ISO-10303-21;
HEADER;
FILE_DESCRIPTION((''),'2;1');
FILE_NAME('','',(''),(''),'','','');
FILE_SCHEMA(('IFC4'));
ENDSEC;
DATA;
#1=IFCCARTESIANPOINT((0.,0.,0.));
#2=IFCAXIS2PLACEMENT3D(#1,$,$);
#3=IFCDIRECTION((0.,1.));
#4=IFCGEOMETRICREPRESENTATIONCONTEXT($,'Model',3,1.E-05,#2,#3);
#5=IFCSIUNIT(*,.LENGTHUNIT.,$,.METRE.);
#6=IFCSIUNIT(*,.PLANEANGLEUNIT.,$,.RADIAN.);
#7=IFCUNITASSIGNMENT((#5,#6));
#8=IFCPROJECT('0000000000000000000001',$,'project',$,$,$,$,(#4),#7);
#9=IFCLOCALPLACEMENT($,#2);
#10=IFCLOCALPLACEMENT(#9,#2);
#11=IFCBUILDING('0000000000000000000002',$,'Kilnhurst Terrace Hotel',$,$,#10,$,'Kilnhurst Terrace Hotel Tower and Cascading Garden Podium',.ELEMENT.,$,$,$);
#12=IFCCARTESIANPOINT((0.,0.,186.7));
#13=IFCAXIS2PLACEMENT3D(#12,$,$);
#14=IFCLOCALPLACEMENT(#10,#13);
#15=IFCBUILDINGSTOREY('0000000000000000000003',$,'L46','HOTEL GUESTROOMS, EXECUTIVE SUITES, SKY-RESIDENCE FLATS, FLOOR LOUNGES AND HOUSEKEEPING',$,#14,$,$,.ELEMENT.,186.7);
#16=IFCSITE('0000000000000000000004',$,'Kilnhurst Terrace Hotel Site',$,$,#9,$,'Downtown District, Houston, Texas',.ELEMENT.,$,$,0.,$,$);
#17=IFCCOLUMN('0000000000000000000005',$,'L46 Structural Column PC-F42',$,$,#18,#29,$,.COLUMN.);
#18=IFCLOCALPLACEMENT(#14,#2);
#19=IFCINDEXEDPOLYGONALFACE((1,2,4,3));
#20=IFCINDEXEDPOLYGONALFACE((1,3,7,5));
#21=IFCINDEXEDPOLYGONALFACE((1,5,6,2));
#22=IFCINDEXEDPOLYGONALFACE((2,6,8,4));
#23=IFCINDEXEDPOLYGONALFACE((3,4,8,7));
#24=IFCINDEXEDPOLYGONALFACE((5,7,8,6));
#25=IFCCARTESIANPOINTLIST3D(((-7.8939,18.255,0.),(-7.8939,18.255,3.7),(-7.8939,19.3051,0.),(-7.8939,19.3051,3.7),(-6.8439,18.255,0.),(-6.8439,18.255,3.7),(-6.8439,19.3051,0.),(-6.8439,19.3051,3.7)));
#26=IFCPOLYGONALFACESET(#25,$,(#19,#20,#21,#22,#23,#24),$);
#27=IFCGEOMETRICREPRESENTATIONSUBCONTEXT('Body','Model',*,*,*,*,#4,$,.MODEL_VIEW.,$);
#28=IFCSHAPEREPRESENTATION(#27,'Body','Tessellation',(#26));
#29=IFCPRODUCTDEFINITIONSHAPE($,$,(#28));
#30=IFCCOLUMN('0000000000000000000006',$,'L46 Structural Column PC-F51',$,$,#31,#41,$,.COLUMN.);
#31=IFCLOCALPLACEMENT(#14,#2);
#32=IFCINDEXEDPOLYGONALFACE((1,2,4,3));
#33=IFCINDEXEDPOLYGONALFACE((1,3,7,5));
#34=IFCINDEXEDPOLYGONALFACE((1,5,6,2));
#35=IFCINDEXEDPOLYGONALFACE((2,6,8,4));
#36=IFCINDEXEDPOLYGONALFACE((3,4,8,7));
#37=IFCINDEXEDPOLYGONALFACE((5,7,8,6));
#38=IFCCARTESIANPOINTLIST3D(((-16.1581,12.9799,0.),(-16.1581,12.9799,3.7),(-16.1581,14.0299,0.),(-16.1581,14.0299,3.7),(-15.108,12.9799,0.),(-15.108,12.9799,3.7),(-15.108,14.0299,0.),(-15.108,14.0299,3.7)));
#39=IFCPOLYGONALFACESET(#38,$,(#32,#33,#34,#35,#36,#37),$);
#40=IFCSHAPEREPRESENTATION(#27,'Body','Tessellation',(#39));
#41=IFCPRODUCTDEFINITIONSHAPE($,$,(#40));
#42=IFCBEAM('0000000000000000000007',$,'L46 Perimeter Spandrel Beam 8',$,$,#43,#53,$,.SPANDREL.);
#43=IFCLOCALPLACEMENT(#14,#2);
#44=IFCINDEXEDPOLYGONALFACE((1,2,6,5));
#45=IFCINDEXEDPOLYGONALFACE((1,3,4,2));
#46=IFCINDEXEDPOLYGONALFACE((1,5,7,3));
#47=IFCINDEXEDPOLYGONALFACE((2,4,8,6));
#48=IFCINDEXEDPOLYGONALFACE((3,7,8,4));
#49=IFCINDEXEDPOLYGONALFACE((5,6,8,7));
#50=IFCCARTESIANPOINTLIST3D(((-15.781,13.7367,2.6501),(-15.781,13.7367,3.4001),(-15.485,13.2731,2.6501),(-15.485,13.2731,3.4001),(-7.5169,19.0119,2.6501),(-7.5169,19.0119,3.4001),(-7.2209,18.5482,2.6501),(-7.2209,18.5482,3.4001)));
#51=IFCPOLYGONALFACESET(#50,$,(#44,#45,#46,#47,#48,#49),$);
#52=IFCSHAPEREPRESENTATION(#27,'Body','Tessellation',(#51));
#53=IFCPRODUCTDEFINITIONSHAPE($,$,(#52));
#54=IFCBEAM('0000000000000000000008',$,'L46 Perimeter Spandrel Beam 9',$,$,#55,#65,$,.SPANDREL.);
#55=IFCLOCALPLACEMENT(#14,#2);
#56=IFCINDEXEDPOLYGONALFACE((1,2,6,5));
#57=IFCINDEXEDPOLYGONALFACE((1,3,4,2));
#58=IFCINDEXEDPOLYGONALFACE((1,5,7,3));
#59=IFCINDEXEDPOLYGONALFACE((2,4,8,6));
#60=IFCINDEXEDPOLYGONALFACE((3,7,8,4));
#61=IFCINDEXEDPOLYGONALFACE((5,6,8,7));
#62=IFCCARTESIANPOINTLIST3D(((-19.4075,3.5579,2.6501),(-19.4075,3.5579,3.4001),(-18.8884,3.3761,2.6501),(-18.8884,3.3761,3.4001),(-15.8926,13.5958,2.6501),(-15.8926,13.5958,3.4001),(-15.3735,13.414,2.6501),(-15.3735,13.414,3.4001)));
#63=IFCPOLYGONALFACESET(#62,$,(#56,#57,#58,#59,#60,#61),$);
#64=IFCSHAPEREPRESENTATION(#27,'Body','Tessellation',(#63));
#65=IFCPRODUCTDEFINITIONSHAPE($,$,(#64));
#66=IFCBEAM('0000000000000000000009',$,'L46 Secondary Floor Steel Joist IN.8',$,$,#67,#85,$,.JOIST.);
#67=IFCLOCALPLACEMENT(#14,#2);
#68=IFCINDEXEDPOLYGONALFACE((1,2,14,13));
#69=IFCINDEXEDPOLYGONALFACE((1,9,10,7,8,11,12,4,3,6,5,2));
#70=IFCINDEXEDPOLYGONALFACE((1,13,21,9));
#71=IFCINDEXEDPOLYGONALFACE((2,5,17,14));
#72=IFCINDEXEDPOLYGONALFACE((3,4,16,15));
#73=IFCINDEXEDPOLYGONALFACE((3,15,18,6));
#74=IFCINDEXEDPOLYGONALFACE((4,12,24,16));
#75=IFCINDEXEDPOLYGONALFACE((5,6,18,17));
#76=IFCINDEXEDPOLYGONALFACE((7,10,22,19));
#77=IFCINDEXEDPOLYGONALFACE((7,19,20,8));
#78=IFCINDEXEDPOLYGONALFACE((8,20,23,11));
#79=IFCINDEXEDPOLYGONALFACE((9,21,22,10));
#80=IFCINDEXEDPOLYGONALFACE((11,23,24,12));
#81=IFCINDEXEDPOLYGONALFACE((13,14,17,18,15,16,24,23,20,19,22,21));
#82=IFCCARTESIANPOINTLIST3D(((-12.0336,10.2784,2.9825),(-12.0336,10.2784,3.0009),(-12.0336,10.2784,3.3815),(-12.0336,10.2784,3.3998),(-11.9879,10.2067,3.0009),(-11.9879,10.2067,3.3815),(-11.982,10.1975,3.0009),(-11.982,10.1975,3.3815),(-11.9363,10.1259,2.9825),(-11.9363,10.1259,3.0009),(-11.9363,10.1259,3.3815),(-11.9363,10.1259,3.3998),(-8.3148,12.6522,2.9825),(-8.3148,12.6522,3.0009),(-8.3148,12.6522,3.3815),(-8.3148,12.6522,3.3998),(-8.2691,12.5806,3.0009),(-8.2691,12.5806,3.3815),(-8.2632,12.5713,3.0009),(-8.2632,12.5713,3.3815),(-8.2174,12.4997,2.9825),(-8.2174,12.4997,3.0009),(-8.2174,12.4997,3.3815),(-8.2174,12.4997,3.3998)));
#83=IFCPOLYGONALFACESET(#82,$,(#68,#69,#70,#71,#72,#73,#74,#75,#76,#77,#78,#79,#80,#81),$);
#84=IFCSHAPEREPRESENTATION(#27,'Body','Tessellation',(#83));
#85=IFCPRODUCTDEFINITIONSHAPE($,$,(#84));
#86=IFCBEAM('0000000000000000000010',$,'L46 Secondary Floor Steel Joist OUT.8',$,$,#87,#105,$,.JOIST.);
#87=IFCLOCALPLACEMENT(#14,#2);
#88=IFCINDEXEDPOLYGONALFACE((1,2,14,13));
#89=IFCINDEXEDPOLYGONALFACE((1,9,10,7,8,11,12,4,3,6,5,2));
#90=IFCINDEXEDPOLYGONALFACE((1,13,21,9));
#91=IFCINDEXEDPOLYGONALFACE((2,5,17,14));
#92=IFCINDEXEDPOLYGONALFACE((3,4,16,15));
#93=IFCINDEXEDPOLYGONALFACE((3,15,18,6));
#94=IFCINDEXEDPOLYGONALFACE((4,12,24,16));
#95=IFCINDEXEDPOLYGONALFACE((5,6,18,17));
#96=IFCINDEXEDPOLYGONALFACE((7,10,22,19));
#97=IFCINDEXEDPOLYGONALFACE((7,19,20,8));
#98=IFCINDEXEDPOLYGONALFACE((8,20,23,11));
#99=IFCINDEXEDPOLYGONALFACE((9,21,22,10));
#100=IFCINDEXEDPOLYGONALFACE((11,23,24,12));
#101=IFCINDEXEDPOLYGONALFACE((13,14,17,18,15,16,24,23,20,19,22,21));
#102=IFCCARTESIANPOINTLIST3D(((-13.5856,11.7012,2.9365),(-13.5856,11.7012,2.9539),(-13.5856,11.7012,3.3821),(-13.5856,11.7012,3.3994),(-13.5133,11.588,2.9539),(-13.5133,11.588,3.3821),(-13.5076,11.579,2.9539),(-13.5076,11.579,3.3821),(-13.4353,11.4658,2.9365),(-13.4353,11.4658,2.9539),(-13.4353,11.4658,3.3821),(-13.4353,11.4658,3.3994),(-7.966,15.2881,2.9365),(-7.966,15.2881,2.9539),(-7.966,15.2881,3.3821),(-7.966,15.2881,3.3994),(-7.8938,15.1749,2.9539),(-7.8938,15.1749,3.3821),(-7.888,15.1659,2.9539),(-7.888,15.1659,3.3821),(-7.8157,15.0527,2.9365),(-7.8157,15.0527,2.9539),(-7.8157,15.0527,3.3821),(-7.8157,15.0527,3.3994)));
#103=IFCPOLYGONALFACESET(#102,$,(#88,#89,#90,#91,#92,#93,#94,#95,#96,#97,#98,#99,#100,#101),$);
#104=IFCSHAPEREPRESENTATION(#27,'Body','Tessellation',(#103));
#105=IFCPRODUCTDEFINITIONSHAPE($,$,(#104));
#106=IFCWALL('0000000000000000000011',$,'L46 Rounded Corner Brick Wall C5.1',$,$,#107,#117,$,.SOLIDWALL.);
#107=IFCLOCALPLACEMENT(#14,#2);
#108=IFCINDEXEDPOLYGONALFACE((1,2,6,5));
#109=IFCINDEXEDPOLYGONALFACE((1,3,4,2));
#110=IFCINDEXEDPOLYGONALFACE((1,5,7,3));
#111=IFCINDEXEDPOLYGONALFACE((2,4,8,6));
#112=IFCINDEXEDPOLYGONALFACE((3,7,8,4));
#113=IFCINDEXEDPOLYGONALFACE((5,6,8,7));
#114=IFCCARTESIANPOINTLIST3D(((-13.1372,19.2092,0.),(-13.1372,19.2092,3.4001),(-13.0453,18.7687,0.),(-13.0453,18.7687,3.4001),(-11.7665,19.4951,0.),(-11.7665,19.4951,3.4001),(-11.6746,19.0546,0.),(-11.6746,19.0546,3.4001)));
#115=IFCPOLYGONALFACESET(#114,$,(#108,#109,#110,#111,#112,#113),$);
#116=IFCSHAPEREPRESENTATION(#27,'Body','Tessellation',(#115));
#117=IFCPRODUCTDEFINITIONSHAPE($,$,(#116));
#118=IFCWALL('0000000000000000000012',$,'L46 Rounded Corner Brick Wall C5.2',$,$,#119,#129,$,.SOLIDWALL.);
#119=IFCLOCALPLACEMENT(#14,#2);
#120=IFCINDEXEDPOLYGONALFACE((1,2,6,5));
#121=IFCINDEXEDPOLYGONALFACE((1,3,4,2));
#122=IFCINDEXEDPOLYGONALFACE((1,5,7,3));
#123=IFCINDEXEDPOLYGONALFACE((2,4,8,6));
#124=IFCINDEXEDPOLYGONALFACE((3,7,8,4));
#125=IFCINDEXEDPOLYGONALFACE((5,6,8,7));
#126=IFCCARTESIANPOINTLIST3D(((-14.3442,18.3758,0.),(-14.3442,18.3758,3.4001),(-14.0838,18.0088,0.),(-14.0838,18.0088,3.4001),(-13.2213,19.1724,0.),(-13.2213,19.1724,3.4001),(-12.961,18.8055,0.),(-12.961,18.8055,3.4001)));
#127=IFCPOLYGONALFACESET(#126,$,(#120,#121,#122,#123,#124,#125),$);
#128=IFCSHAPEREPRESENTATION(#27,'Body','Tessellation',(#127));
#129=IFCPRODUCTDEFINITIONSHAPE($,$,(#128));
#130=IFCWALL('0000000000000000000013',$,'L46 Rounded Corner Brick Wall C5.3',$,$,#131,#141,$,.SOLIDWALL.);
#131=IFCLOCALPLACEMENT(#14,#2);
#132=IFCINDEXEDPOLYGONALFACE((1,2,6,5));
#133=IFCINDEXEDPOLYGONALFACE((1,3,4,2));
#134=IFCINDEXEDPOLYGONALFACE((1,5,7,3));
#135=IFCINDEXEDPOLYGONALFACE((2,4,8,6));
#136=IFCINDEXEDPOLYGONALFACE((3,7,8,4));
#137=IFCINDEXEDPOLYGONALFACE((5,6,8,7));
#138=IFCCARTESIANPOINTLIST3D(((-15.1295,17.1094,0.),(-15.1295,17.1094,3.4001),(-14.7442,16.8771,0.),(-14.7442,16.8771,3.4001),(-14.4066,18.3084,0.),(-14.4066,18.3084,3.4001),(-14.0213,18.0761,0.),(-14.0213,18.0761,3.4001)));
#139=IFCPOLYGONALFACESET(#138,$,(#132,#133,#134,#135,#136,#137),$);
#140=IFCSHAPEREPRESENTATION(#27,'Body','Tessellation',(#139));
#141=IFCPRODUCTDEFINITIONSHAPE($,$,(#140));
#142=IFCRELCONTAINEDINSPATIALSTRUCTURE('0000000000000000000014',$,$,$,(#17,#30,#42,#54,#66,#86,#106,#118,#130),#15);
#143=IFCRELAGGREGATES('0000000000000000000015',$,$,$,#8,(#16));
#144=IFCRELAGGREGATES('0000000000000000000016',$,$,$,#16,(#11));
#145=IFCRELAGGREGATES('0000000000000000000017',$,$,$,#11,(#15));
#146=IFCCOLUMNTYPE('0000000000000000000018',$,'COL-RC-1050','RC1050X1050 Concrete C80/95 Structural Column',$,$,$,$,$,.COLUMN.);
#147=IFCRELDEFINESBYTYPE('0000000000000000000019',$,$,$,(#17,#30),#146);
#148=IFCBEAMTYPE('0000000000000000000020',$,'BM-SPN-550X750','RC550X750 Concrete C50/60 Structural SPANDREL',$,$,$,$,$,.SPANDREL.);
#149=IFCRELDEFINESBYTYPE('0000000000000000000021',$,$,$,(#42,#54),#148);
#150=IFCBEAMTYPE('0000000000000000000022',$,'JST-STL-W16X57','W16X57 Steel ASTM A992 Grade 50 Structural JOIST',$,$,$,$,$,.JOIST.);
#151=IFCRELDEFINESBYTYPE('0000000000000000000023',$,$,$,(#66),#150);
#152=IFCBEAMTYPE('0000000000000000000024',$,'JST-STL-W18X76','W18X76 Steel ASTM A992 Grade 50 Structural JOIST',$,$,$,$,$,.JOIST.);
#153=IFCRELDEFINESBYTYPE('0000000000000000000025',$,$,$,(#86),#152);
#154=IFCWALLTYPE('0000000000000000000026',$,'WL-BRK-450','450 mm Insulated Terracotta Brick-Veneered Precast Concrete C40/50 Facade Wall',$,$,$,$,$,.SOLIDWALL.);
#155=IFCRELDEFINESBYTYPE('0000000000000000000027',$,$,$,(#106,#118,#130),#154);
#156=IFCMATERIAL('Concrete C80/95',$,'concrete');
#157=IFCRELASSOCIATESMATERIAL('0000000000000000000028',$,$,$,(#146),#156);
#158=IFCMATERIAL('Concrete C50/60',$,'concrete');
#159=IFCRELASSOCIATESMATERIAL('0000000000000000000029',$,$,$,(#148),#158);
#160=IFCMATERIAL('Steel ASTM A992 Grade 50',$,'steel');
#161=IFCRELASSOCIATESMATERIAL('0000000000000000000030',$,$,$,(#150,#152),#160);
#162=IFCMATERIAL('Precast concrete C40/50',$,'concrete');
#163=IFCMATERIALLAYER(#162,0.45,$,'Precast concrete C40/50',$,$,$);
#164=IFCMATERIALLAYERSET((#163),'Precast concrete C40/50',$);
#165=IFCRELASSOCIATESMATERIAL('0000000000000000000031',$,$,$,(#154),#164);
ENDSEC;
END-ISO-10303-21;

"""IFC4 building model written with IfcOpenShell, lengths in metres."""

from ifc_helpers import new_model, si_unit, direction, frame, frame_2d, origin, origin_2d, place, context, subcontext, project, spatial, rectangle, i_section, extrude, material, layer, layer_set, material_profile, profile_set, type_object, element, save


model = new_model("IFC4")

# Units and contexts
model_context = context("Model", 3, precision=1e-05, world=origin(), true_north=direction((0.0, 1.0)))
body_context = subcontext(model_context, "Body", "Model", "MODEL_VIEW")
ifc_project = project(units=[si_unit("LENGTHUNIT", "METRE"), si_unit("PLANEANGLEUNIT", "RADIAN")], contexts=[model_context])

# Site, building, storey
site_placement = place(None, origin())
site = spatial("IfcSite", under=ifc_project, at=site_placement, Name="Kilnhurst Terrace Hotel Site", LongName="Downtown District, Houston, Texas", CompositionType="ELEMENT", RefElevation=0.0)
building_placement = place(site_placement, origin())
building = spatial("IfcBuilding", under=site, at=building_placement, Name="Kilnhurst Terrace Hotel", LongName="Kilnhurst Terrace Hotel Tower and Cascading Garden Podium", CompositionType="ELEMENT")
storey_placement = place(building_placement, frame((0.0, 0.0, 186.7)))
storey = spatial("IfcBuildingStorey", under=building, at=storey_placement, Name="L46", Description="HOTEL GUESTROOMS, EXECUTIVE SUITES, SKY-RESIDENCE FLATS, FLOOR LOUNGES AND HOUSEKEEPING", CompositionType="ELEMENT", Elevation=186.7)

# Columns
ifc_material_1 = material(Name="Concrete C80/95", Category="concrete")
ifc_material_profile_1 = material_profile(ifc_material_1, rectangle(XDim=1.05, YDim=1.05, at=origin_2d()), Name="RC1050X1050")
ifc_profile_set_1 = profile_set([ifc_material_profile_1], Name="Concrete C80/95")
column_type = type_object("IfcColumnType", Name="COL-RC-1050", Description="RC1050X1050 Concrete C80/95 Structural Column", PredefinedType="COLUMN", material=ifc_profile_set_1)
for number, where, z_axis, x_axis, name in (
    (1, (-7.3689, 18.78, 0.0), (0.0, 0.0, 1.0), (1.0, 0.0, 0.0), "L46 Structural Column PC-F42"),
    (2, (-15.6331, 13.5049, 0.0), (0.0, 0.0, 1.0), (1.0, 0.0, 0.0), "L46 Structural Column PC-F51"),
):
    element("IfcColumn", number, at=place(storey_placement, frame(where, z_axis=z_axis, x_axis=x_axis)), inside=storey, type_object=column_type, Name=name, PredefinedType="COLUMN", context=body_context, shape_type="SweptSolid", body=[
        extrude(rectangle(XDim=1.05, YDim=1.05, at=origin_2d()), origin(), (0.0, 0.0, 1.0), 3.7),
    ])

# Beams
ifc_material_2 = material(Name="Concrete C50/60", Category="concrete")
ifc_material_profile_2 = material_profile(ifc_material_2, rectangle(XDim=0.55, YDim=0.75, at=origin_2d()), Name="RC550X750")
ifc_profile_set_2 = profile_set([ifc_material_profile_2], Name="Concrete C50/60")
beam_type_1 = type_object("IfcBeamType", Name="BM-SPN-550X750", Description="RC550X750 Concrete C50/60 Structural SPANDREL", PredefinedType="SPANDREL", material=ifc_profile_set_2)
beam_1_placement = place(storey_placement, frame((-7.3689, 18.78, 3.0251), z_axis=(-0.842915, -0.538046, 0.0), x_axis=(0.538046, -0.842915, 0.0)))
element("IfcBeam", 3, at=beam_1_placement, inside=storey, type_object=beam_type_1, Name="L46 Perimeter Spandrel Beam 8", PredefinedType="SPANDREL", context=body_context, shape_type="SweptSolid", body=[
    extrude(rectangle(XDim=0.55, YDim=0.75, at=origin_2d()), origin(), (0.0, 0.0, 1.0), 9.8042),
])
beam_2_placement = place(storey_placement, frame((-15.6331, 13.5049, 3.0251), z_axis=(-0.330488, -0.94381, 0.0), x_axis=(0.94381, -0.330488, 0.0)))
element("IfcBeam", 4, at=beam_2_placement, inside=storey, type_object=beam_type_1, Name="L46 Perimeter Spandrel Beam 9", PredefinedType="SPANDREL", context=body_context, shape_type="SweptSolid", body=[
    extrude(rectangle(XDim=0.55, YDim=0.75, at=origin_2d()), origin(), (0.0, 0.0, 1.0), 10.6355),
])
ifc_material_3 = material(Name="Steel ASTM A992 Grade 50", Category="steel")
ifc_material_profile_3 = material_profile(ifc_material_3, i_section(OverallWidth=0.1809, OverallDepth=0.4172, WebThickness=0.011, FlangeThickness=0.0183, at=origin_2d()), Name="W16X57")
ifc_profile_set_3 = profile_set([ifc_material_profile_3], Name="Steel ASTM A992 Grade 50")
beam_type_2 = type_object("IfcBeamType", Name="JST-STL-W16X57", Description="W16X57 Steel ASTM A992 Grade 50 Structural JOIST", PredefinedType="JOIST", material=ifc_profile_set_3)
beam_3_placement = place(storey_placement, frame((-8.2661, 12.5759, 3.1912), z_axis=(-0.842911, -0.538053, 0.0), x_axis=(0.538053, -0.842911, 0.0)))
element("IfcBeam", 5, at=beam_3_placement, inside=storey, type_object=beam_type_2, Name="L46 Secondary Floor Steel Joist IN.8", PredefinedType="JOIST", context=body_context, shape_type="SweptSolid", body=[
    extrude(i_section(OverallWidth=0.1809, OverallDepth=0.4172, WebThickness=0.011, FlangeThickness=0.0183, at=origin_2d()), origin(), (0.0, 0.0, 1.0), 4.4119),
])
ifc_material_profile_4 = material_profile(ifc_material_3, i_section(OverallWidth=0.2793, OverallDepth=0.4629, WebThickness=0.0107, FlangeThickness=0.0173, at=origin_2d()), Name="W18X76")
ifc_profile_set_4 = profile_set([ifc_material_profile_4], Name="Steel ASTM A992 Grade 50")
beam_type_3 = type_object("IfcBeamType", Name="JST-STL-W18X76", Description="W18X76 Steel ASTM A992 Grade 50 Structural JOIST", PredefinedType="JOIST", material=ifc_profile_set_4)
beam_4_placement = place(storey_placement, frame((-7.8909, 15.1704, 3.168), z_axis=(-0.842928, -0.538027, 0.0), x_axis=(0.538027, -0.842928, 0.0)))
element("IfcBeam", 6, at=beam_4_placement, inside=storey, type_object=beam_type_3, Name="L46 Secondary Floor Steel Joist OUT.8", PredefinedType="JOIST", context=body_context, shape_type="SweptSolid", body=[
    extrude(i_section(OverallWidth=0.2793, OverallDepth=0.4629, WebThickness=0.0107, FlangeThickness=0.0173, at=origin_2d()), origin(), (0.0, 0.0, 1.0), 6.6667),
])

# Walls
ifc_material_4 = material(Name="Precast concrete C40/50", Category="concrete")
ifc_layer_1 = layer(ifc_material_4, 0.45, Name="Precast concrete C40/50")
ifc_layer_set_1 = layer_set([ifc_layer_1], Name="Precast concrete C40/50")
wall_type_1 = type_object("IfcWallType", Name="WL-BRK-450", Description="450 mm Insulated Terracotta Brick-Veneered Precast Concrete C40/50 Facade Wall", PredefinedType="SOLIDWALL", material=ifc_layer_set_1)
wall_1_placement = place(storey_placement, frame((-11.7205, 19.2749, 0.0), z_axis=(0.0, 0.0, 1.0), x_axis=(-0.978931, -0.204191, 0.0)))
element("IfcWall", 7, at=wall_1_placement, inside=storey, type_object=wall_type_1, Name="L46 Rounded Corner Brick Wall C5.1", PredefinedType="SOLIDWALL", context=body_context, shape_type="SweptSolid", body=[
    extrude(rectangle(XDim=1.4001, YDim=0.45, at=frame_2d((0.7002, 0.0))), origin(), (0.0, 0.0, 1.0), 3.4001),
])
wall_2_placement = place(storey_placement, frame((-13.0911, 18.989, 0.0), z_axis=(0.0, 0.0, 1.0), x_axis=(-0.815575, -0.578652, 0.0)))
element("IfcWall", 8, at=wall_2_placement, inside=storey, type_object=wall_type_1, Name="L46 Rounded Corner Brick Wall C5.2", PredefinedType="SOLIDWALL", context=body_context, shape_type="SweptSolid", body=[
    extrude(rectangle(XDim=1.3767, YDim=0.45, at=frame_2d((0.6885, 0.0))), origin(), (0.0, 0.0, 1.0), 3.4001),
])
wall_3_placement = place(storey_placement, frame((-14.2139, 18.1924, 0.0), z_axis=(0.0, 0.0, 1.0), x_axis=(-0.516341, -0.856383, 0.0)))
element("IfcWall", 9, at=wall_3_placement, inside=storey, type_object=wall_type_1, Name="L46 Rounded Corner Brick Wall C5.3", PredefinedType="SOLIDWALL", context=body_context, shape_type="SweptSolid", body=[
    extrude(rectangle(XDim=1.4001, YDim=0.45, at=frame_2d((0.7002, 0.0))), origin(), (0.0, 0.0, 1.0), 3.4001),
])

save(model, "model.ifc")
